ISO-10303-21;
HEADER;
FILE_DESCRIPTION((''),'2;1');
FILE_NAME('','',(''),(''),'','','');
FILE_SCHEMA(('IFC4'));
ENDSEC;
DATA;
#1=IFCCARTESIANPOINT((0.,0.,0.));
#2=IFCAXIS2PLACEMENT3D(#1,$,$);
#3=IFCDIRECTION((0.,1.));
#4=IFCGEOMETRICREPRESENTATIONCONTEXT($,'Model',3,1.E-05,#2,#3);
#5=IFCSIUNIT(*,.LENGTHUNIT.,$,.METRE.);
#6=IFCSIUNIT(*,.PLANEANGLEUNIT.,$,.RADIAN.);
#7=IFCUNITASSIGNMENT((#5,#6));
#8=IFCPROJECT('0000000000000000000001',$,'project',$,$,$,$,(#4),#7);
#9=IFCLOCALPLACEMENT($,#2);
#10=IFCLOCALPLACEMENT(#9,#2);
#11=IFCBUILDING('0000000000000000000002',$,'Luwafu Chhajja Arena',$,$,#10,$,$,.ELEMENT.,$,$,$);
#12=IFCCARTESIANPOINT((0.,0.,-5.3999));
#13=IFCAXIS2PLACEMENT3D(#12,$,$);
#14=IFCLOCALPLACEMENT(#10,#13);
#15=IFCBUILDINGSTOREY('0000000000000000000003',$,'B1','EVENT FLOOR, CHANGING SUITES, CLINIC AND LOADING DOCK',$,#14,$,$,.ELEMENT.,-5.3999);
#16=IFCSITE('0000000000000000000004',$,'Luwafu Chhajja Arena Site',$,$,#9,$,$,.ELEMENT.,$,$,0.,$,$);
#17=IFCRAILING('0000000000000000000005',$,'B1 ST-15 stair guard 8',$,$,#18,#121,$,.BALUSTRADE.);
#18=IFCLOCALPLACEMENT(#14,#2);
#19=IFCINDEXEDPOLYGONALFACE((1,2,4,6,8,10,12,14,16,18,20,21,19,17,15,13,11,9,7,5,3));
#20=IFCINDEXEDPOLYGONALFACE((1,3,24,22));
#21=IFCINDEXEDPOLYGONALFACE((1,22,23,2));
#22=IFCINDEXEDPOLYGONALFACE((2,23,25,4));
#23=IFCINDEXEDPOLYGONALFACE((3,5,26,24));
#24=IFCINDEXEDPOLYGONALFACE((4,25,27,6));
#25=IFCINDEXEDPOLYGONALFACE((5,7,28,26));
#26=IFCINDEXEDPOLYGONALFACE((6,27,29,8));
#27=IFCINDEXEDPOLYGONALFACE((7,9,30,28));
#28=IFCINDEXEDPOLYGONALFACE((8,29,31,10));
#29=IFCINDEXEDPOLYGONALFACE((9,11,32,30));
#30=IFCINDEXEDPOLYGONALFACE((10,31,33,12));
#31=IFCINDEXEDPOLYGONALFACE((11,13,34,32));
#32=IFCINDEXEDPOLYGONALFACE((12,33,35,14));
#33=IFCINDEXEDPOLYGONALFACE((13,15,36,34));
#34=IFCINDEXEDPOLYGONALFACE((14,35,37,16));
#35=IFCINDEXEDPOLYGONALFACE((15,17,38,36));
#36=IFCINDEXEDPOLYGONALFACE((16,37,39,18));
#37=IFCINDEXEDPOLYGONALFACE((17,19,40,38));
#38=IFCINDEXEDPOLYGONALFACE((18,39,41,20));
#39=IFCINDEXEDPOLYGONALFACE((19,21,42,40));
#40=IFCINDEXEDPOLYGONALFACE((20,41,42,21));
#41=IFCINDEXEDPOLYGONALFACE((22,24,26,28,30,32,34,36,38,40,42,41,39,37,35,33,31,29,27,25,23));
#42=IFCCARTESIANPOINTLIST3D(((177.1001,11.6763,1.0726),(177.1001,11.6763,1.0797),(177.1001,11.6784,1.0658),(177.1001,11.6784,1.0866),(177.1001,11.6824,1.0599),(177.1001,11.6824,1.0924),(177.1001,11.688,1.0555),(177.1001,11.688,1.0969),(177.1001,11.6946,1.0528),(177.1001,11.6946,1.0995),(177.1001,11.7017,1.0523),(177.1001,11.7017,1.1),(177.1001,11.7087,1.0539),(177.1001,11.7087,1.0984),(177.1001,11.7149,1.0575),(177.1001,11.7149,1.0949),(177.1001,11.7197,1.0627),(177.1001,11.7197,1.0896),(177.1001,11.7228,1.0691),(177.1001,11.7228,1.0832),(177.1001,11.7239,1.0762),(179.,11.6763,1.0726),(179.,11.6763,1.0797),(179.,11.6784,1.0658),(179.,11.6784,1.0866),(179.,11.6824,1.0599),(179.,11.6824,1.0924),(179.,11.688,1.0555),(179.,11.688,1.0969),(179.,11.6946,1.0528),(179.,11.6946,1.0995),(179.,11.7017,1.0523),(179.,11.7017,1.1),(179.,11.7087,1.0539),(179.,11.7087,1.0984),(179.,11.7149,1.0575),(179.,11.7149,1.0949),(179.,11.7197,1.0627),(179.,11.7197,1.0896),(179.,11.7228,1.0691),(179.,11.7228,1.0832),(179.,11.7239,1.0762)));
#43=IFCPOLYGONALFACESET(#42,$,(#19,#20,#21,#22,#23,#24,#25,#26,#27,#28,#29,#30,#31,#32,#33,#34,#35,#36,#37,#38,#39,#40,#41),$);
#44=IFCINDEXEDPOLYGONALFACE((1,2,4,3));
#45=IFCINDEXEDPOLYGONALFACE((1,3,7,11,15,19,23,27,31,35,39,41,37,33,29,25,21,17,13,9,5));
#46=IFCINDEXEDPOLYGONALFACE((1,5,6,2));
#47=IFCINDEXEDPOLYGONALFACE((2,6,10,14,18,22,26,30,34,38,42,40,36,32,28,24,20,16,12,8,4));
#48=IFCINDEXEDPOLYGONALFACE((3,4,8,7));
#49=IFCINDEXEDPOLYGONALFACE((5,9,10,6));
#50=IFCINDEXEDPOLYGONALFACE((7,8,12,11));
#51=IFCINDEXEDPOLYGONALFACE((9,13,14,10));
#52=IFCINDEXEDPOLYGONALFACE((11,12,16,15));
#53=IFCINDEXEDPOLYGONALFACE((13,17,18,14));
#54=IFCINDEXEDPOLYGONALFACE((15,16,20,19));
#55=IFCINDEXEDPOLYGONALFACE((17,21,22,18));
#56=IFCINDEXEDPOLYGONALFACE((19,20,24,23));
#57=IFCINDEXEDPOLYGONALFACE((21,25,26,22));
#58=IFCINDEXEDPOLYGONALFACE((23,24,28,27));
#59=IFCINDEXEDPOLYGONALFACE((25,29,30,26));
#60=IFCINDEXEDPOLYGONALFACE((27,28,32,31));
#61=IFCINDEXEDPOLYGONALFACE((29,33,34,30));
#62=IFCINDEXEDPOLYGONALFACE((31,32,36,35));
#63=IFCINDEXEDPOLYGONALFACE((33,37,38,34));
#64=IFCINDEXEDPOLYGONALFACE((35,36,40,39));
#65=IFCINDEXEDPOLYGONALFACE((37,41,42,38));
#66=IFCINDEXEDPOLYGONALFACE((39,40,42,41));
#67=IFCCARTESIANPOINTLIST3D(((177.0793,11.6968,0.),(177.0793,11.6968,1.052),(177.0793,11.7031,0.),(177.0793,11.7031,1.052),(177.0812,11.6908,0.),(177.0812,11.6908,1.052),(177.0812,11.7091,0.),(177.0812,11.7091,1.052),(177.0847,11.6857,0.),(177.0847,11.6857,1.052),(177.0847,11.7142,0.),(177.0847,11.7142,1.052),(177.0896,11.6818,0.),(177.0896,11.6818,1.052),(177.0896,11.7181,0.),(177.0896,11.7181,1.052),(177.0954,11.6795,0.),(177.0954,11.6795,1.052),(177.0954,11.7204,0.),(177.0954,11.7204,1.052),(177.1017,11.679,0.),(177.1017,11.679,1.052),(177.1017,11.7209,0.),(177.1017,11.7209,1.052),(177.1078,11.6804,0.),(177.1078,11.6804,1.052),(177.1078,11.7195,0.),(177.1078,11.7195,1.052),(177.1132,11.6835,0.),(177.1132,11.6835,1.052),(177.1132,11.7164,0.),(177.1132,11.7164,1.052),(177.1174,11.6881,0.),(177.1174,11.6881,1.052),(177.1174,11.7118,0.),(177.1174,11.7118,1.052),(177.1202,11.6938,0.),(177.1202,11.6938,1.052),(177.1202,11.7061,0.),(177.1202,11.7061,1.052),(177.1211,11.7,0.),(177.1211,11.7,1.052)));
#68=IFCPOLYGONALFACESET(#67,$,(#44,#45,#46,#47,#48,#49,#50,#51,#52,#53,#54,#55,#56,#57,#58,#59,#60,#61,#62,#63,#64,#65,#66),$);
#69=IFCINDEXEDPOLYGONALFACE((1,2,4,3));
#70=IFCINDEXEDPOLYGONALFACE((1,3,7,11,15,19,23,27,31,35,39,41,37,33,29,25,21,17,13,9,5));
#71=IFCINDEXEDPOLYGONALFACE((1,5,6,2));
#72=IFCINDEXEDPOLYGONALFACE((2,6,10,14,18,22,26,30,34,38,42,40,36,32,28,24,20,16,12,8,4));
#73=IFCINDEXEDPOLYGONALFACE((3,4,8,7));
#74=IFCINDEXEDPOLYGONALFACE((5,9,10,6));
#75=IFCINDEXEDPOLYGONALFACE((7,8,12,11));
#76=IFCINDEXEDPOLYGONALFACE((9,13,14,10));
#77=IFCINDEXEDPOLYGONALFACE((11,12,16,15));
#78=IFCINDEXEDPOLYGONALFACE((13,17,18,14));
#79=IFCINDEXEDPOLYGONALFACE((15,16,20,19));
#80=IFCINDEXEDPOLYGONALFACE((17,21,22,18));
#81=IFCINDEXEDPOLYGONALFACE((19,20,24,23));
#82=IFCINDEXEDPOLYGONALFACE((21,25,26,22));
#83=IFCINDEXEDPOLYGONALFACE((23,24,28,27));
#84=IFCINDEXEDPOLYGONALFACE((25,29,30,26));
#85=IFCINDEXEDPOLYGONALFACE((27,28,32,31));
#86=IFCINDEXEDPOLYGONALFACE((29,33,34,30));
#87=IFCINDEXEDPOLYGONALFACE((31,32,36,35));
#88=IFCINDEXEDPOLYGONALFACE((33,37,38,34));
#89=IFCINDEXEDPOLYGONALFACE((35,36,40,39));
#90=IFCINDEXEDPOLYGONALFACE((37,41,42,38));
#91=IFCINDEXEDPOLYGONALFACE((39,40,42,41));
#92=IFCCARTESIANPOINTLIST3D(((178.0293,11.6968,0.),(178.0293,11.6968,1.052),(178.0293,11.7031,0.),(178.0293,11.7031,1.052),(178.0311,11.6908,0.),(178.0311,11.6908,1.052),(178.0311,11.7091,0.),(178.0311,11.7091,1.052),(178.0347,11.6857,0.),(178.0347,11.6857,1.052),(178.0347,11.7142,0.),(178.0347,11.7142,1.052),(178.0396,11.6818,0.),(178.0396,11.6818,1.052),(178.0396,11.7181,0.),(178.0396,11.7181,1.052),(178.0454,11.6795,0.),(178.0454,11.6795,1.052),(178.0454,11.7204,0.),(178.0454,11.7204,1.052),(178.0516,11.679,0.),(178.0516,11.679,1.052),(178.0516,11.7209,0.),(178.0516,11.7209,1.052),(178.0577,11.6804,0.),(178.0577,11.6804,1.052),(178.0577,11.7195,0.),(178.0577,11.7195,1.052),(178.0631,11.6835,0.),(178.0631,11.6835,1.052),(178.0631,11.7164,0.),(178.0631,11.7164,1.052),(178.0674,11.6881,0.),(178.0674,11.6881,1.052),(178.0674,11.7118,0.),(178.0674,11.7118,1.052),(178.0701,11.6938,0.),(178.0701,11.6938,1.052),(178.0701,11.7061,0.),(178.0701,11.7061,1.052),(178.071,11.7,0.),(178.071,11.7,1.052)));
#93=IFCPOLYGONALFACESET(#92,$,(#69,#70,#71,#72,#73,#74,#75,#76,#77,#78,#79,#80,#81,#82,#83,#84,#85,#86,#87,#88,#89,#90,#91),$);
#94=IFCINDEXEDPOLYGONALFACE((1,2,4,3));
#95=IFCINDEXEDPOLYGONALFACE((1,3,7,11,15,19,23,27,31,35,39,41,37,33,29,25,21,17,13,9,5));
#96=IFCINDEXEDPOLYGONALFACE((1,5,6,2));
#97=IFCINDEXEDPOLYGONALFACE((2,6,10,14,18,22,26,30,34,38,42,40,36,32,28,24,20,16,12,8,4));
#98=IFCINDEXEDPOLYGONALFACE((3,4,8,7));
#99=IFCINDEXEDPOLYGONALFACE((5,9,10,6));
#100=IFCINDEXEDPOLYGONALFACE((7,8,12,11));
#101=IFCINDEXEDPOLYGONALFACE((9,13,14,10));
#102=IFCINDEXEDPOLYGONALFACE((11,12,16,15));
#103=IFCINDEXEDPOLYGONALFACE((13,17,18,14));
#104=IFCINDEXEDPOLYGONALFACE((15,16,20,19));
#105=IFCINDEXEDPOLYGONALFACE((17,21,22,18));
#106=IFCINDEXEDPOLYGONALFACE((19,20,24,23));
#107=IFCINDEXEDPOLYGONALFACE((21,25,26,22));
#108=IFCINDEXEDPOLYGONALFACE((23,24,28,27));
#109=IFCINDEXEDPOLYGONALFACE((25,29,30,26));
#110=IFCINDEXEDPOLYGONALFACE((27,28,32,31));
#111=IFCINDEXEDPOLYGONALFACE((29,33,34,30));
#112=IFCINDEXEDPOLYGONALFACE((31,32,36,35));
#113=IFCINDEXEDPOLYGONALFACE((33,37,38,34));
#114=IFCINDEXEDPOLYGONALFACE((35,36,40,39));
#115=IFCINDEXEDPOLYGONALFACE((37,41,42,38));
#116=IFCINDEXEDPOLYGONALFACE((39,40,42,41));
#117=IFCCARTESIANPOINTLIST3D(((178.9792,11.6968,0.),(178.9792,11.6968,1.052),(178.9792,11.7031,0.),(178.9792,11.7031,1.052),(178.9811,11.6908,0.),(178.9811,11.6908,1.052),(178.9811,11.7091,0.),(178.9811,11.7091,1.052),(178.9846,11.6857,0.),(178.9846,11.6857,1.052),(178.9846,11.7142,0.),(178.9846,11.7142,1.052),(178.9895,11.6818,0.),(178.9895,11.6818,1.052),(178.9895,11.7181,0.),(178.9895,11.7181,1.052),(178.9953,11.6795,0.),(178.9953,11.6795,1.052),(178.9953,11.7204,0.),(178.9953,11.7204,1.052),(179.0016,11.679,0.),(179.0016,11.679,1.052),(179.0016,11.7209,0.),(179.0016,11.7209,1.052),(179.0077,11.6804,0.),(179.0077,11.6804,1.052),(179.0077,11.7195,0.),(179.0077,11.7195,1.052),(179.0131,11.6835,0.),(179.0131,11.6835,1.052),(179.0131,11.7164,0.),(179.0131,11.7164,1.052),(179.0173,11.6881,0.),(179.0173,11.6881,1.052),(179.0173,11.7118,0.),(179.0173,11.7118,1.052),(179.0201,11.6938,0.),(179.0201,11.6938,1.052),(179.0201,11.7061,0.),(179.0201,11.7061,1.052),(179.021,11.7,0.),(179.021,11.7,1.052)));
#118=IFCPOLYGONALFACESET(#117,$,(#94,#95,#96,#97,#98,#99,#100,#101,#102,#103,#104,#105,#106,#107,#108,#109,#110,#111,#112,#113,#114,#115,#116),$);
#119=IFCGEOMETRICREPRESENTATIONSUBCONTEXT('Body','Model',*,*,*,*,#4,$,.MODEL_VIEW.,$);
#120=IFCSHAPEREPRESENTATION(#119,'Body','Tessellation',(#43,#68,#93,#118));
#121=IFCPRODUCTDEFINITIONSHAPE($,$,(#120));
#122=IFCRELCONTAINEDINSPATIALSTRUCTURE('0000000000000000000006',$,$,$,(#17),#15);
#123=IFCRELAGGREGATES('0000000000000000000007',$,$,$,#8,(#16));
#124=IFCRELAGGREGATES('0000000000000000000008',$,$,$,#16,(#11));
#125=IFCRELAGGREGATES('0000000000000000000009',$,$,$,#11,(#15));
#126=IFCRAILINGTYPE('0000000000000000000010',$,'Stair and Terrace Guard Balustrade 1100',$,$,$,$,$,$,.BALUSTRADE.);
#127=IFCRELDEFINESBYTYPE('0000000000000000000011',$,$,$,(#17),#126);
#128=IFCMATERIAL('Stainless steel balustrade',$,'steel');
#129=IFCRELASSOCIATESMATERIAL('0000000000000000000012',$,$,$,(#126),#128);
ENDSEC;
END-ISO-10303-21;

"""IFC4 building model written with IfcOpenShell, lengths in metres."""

from ifc_helpers import new_model, si_unit, direction, frame, origin, origin_2d, place, context, subcontext, project, spatial, circle, extrude, material, type_object, element, save


model = new_model("IFC4")

# Units and contexts
model_context = context("Model", 3, precision=1e-05, world=origin(), true_north=direction((0.0, 1.0)))
body_context = subcontext(model_context, "Body", "Model", "MODEL_VIEW")
ifc_project = project(units=[si_unit("LENGTHUNIT", "METRE"), si_unit("PLANEANGLEUNIT", "RADIAN")], contexts=[model_context])

# Site, building, storey
site_placement = place(None, origin())
site = spatial("IfcSite", under=ifc_project, at=site_placement, Name="Luwafu Chhajja Arena Site", CompositionType="ELEMENT", RefElevation=0.0)
building_placement = place(site_placement, origin())
building = spatial("IfcBuilding", under=site, at=building_placement, Name="Luwafu Chhajja Arena", CompositionType="ELEMENT")
storey_placement = place(building_placement, frame((0.0, 0.0, -5.3999)))
storey = spatial("IfcBuildingStorey", under=building, at=storey_placement, Name="B1", Description="EVENT FLOOR, CHANGING SUITES, CLINIC AND LOADING DOCK", CompositionType="ELEMENT", Elevation=-5.3999)

# Railing
ifc_material_1 = material(Name="Stainless steel balustrade", Category="steel")
railing_type_1 = type_object("IfcRailingType", Name="Stair and Terrace Guard Balustrade 1100", PredefinedType="BALUSTRADE", material=ifc_material_1)
railing_1_placement = place(storey_placement, frame((177.1001, 11.7, 0.0)))
element("IfcRailing", 1, at=railing_1_placement, inside=storey, type_object=railing_type_1, Name="B1 ST-15 stair guard 8", PredefinedType="BALUSTRADE", context=body_context, shape_type="SweptSolid", body=[
    extrude(circle(Radius=0.0239, at=origin_2d()), frame((0.0, 0.0, 1.0762), z_axis=(1.0, 0.0, 0.0), x_axis=(0.0, 1.0, 0.0)), (0.0, 0.0, 1.0), 1.8999),
    extrude(circle(Radius=0.021, at=origin_2d()), origin(), (0.0, 0.0, 1.0), 1.052),
    extrude(circle(Radius=0.021, at=origin_2d()), frame((0.95, 0.0, 0.0)), (0.0, 0.0, 1.0), 1.052),
    extrude(circle(Radius=0.021, at=origin_2d()), frame((1.8999, 0.0, 0.0)), (0.0, 0.0, 1.0), 1.052),
])

save(model, "model.ifc")
